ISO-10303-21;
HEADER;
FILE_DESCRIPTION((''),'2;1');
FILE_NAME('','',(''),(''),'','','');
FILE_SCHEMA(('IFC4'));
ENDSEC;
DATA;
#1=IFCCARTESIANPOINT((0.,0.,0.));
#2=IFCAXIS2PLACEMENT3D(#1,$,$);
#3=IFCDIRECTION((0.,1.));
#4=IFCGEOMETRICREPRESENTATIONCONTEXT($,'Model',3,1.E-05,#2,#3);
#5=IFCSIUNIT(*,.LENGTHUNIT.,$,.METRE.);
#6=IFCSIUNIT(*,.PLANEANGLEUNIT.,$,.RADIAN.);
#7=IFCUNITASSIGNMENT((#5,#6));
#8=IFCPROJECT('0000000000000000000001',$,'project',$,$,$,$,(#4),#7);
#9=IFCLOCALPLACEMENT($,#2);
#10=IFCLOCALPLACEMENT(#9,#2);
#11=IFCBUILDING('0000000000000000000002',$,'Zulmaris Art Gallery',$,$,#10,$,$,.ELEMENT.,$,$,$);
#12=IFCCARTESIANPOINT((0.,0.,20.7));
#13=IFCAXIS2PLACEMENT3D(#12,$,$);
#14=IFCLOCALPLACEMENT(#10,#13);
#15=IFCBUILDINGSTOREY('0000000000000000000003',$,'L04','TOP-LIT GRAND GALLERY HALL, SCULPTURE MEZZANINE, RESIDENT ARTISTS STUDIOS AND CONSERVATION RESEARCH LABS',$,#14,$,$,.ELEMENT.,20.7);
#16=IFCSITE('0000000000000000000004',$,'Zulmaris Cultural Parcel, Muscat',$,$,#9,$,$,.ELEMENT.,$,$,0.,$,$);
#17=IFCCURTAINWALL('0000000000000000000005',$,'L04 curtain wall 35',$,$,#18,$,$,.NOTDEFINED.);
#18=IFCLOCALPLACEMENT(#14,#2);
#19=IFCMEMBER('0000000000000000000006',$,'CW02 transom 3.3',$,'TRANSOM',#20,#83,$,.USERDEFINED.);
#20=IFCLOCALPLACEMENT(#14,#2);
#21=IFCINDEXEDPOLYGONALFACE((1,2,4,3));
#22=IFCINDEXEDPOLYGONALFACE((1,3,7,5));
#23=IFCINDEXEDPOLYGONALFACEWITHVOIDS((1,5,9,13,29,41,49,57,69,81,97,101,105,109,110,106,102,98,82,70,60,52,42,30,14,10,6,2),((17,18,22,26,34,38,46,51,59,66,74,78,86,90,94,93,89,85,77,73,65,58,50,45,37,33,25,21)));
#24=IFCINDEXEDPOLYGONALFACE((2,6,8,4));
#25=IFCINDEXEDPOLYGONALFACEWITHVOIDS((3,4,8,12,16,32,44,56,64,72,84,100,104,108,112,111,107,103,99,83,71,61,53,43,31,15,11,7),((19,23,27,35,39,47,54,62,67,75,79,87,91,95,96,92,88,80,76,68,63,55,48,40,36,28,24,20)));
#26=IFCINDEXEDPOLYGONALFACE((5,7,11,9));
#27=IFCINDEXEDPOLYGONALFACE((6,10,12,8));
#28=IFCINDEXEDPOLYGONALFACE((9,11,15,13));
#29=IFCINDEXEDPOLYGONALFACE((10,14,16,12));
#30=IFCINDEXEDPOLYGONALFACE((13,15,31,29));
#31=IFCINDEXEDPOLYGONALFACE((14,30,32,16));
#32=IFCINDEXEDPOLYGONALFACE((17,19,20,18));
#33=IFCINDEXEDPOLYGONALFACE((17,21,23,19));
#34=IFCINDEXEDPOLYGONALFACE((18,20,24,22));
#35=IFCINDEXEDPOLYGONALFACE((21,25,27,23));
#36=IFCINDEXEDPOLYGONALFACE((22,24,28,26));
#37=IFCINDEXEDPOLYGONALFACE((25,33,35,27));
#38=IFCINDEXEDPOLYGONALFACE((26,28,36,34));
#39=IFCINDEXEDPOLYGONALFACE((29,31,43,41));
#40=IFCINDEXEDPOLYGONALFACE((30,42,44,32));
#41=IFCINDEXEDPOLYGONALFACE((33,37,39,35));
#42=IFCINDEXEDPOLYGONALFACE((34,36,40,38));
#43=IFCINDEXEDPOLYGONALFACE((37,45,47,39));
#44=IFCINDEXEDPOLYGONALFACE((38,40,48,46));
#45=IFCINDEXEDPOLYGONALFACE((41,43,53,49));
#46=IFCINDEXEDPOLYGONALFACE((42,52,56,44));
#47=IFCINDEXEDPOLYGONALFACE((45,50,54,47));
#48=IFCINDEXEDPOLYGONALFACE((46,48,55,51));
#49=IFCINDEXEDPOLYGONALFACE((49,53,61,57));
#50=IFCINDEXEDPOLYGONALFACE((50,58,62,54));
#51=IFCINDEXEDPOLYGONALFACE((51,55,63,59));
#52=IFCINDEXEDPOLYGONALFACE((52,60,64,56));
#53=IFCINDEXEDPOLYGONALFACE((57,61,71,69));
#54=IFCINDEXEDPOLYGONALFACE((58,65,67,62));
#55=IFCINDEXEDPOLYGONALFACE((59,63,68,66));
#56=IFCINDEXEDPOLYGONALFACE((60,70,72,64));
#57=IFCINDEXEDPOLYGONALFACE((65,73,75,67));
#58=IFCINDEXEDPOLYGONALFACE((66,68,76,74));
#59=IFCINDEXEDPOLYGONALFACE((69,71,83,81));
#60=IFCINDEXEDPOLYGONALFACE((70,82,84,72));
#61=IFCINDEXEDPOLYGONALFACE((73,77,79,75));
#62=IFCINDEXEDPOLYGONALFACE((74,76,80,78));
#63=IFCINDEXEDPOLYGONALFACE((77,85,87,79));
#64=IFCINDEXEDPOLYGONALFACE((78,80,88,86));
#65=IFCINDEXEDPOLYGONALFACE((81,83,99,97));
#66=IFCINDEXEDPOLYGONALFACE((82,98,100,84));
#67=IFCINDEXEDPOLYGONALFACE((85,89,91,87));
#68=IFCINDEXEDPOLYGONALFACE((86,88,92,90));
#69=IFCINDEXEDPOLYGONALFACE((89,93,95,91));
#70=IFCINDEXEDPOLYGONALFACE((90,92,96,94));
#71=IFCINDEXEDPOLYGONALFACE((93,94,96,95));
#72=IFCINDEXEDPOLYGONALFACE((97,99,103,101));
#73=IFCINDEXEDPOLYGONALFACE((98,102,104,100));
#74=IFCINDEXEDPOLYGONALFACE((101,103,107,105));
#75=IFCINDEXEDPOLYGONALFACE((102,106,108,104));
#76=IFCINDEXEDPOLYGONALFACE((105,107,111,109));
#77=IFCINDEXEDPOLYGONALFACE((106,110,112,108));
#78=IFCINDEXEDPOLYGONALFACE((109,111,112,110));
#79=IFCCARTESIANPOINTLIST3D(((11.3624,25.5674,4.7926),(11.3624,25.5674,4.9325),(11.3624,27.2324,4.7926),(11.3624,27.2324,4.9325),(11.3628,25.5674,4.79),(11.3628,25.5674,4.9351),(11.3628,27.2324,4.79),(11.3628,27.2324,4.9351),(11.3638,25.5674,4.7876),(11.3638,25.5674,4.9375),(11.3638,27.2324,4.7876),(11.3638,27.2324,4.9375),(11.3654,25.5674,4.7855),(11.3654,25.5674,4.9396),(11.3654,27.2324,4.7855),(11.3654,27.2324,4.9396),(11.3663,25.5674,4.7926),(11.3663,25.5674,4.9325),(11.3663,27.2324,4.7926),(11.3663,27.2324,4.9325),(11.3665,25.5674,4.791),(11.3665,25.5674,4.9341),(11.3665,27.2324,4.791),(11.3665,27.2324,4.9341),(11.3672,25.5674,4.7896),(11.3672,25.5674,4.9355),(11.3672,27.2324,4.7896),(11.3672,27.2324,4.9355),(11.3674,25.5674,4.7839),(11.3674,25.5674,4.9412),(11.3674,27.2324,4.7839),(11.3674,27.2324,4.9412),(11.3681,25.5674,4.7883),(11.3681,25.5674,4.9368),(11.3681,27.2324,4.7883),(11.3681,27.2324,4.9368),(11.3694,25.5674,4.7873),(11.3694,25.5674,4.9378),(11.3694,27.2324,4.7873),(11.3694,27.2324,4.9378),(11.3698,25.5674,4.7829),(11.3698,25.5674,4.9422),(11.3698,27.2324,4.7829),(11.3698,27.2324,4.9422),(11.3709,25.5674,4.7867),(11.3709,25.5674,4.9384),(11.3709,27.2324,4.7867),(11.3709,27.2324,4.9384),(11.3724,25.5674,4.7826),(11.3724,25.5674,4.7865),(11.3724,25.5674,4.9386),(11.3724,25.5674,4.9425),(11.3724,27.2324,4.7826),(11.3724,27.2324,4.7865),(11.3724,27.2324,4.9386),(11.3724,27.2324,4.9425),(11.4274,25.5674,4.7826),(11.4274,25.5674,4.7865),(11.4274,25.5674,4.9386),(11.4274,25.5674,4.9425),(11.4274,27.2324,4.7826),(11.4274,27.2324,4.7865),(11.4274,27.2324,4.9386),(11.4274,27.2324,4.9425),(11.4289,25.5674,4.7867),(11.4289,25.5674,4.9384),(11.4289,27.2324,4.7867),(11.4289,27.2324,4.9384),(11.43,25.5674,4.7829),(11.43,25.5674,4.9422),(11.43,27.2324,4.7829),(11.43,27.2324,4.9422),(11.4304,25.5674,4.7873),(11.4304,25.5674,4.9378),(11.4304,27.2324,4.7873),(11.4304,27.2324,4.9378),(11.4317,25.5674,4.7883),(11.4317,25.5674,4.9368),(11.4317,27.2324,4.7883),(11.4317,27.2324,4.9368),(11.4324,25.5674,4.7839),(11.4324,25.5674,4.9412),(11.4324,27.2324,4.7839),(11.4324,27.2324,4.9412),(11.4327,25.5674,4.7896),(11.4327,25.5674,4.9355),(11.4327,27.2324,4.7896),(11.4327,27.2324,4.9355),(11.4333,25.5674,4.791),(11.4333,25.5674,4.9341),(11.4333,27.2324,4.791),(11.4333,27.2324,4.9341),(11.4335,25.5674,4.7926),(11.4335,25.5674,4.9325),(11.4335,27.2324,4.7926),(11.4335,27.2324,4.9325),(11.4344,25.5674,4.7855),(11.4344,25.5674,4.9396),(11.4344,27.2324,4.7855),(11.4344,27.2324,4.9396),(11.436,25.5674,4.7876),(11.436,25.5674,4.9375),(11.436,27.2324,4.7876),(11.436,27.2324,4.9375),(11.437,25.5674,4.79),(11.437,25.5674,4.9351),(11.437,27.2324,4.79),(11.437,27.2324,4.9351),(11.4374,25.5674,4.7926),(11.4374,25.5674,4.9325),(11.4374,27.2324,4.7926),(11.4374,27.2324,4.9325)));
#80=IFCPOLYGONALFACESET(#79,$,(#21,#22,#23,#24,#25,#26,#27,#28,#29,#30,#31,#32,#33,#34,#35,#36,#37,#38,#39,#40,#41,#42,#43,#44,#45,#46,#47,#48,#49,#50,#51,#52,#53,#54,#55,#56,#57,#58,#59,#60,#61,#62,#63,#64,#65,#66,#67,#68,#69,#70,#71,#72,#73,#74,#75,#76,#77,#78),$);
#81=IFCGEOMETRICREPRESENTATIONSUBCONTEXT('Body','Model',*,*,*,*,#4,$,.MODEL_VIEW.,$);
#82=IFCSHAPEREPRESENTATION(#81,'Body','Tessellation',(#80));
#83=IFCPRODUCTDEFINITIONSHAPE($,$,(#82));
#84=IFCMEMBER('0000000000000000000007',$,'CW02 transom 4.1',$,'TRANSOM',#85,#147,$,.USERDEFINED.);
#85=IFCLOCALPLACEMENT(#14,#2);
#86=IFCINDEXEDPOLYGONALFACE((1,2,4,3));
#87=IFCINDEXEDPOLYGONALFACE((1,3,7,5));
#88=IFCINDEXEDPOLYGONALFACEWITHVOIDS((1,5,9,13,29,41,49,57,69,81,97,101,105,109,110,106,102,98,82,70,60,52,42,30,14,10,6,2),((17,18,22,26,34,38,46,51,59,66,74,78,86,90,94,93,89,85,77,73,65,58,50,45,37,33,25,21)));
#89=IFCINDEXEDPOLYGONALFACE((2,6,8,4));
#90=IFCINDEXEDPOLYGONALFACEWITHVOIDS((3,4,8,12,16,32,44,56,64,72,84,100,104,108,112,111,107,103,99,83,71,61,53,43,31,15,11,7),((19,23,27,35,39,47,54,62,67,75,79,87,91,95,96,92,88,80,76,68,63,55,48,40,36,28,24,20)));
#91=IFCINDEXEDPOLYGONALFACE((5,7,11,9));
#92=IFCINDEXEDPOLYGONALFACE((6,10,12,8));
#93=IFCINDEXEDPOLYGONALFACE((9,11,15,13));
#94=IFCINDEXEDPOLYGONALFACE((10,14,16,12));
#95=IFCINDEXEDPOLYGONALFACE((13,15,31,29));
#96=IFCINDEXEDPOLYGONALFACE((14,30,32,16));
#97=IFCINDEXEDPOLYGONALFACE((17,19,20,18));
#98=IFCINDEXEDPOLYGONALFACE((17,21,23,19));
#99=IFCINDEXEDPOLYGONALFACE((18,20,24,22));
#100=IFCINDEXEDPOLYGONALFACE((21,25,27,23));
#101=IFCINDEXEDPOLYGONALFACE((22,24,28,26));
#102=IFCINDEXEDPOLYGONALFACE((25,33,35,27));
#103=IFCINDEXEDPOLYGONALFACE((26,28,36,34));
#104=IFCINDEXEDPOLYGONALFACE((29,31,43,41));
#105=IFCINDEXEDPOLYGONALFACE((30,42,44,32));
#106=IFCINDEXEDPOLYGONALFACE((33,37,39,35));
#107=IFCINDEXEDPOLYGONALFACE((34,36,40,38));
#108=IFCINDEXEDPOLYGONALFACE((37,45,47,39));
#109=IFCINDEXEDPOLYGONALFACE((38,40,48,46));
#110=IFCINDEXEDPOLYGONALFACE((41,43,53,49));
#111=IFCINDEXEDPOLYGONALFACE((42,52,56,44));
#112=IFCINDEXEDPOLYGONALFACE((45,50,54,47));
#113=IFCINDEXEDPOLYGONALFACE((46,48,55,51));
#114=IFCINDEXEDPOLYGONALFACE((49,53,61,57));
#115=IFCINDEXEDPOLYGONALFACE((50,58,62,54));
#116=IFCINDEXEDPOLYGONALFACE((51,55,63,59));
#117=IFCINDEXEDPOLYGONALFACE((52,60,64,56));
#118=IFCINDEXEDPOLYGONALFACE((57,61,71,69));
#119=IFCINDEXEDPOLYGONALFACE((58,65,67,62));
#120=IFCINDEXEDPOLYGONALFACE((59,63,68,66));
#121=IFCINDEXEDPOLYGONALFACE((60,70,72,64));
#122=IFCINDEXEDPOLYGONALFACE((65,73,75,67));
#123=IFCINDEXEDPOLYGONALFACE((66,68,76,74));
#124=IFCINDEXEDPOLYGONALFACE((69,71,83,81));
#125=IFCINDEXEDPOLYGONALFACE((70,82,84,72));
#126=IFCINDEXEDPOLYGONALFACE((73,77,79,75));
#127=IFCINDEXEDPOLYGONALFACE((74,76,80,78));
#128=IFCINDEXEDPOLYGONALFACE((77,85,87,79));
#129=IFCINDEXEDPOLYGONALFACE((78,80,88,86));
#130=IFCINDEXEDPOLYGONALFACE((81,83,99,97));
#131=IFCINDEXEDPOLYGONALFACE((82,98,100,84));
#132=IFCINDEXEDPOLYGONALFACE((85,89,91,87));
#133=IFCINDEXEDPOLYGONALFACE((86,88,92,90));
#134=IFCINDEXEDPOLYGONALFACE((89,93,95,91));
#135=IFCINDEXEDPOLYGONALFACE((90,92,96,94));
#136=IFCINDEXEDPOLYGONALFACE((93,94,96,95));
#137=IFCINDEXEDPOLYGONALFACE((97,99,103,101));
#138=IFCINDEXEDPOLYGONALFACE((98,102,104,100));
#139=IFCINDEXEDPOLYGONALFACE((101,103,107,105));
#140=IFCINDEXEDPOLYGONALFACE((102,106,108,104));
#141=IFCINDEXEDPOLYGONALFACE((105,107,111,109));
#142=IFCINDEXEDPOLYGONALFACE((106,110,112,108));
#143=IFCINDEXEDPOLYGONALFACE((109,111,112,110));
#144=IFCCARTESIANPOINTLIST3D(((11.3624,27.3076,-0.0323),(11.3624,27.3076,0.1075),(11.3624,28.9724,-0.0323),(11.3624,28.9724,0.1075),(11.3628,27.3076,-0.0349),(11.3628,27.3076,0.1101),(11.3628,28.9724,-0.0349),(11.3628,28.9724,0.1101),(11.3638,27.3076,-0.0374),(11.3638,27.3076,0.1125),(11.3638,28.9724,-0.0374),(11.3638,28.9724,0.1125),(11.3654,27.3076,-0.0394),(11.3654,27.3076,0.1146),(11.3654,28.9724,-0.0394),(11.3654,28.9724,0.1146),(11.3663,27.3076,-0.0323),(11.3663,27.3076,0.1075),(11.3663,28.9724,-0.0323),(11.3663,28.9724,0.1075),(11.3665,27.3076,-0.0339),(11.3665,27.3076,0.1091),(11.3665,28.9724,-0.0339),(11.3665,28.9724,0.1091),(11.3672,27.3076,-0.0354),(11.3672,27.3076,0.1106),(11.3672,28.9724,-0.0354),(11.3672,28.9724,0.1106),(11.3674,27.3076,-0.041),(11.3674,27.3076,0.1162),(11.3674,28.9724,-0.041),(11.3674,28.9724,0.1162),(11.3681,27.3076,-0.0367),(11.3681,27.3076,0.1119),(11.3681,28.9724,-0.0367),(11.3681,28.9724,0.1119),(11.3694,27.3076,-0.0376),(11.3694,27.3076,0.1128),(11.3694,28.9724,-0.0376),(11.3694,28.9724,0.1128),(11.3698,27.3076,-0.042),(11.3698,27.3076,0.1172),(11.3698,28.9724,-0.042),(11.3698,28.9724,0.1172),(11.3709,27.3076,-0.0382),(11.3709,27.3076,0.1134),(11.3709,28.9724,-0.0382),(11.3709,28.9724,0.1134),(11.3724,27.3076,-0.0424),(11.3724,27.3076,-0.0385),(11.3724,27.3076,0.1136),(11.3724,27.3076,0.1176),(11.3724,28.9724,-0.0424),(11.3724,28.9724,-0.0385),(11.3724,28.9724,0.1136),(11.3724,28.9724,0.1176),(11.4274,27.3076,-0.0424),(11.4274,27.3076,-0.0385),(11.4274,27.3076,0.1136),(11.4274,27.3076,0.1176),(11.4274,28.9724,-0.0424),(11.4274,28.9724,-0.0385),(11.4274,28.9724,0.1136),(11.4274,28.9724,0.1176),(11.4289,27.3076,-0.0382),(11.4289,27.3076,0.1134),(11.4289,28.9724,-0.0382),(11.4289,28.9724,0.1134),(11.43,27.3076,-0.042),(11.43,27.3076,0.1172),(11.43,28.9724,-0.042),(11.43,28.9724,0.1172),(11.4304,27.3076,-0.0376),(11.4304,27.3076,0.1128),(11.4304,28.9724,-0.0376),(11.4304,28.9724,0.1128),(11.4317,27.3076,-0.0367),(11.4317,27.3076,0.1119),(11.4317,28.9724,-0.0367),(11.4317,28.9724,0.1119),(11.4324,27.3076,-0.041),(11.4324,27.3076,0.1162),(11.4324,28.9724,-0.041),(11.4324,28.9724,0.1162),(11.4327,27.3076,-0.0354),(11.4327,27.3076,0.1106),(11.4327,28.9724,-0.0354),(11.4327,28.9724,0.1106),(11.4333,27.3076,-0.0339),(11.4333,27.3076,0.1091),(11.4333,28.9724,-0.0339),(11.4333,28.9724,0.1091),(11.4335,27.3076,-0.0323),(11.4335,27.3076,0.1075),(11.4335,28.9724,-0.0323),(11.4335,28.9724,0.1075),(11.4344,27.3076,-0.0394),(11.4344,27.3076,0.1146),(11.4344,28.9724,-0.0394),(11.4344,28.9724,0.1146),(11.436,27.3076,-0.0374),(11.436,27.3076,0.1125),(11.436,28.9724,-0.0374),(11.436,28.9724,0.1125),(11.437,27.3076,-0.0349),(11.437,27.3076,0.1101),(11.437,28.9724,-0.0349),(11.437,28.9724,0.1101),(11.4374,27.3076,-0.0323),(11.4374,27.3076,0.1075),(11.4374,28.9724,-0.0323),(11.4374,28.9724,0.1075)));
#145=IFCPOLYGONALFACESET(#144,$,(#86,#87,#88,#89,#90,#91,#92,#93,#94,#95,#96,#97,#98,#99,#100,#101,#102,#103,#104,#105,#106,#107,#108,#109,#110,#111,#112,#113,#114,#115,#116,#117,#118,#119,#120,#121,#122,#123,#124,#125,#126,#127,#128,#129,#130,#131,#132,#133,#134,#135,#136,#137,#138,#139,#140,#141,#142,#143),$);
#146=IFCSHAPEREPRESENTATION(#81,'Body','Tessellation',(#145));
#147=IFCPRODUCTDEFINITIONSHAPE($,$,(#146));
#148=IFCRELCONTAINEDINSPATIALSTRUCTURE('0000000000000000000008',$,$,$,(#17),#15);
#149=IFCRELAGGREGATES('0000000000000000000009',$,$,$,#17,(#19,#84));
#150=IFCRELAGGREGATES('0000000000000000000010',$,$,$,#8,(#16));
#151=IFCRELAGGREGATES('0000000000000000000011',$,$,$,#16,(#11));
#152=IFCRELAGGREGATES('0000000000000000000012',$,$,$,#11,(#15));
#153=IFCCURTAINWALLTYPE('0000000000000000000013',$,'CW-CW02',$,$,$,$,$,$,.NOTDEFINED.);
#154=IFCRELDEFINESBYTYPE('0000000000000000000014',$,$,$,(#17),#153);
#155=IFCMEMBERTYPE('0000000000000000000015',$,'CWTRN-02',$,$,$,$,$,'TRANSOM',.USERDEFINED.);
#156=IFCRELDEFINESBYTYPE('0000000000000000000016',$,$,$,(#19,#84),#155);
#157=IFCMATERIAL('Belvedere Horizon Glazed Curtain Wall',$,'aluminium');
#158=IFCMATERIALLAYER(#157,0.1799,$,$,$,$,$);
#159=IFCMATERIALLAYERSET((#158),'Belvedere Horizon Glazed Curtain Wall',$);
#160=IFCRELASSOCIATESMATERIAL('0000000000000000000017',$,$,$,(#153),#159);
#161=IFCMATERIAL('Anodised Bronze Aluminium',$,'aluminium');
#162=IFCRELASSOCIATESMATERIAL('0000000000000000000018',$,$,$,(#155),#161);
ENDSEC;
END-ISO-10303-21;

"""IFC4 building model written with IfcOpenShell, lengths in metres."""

from ifc_helpers import new_model, si_unit, direction, frame, origin, origin_2d, place, context, subcontext, project, spatial, hollow_rectangle, extrude, material, layer, layer_set, material_profile, profile_set, type_object, element, aggregate, save


model = new_model("IFC4")

# Units and contexts
model_context = context("Model", 3, precision=1e-05, world=origin(), true_north=direction((0.0, 1.0)))
body_context = subcontext(model_context, "Body", "Model", "MODEL_VIEW")
ifc_project = project(units=[si_unit("LENGTHUNIT", "METRE"), si_unit("PLANEANGLEUNIT", "RADIAN")], contexts=[model_context])

# Site, building, storey
site_placement = place(None, origin())
site = spatial("IfcSite", under=ifc_project, at=site_placement, Name="Zulmaris Cultural Parcel, Muscat", CompositionType="ELEMENT", RefElevation=0.0)
building_placement = place(site_placement, origin())
building = spatial("IfcBuilding", under=site, at=building_placement, Name="Zulmaris Art Gallery", CompositionType="ELEMENT")
storey_placement = place(building_placement, frame((0.0, 0.0, 20.7)))
storey = spatial("IfcBuildingStorey", under=building, at=storey_placement, Name="L04", Description="TOP-LIT GRAND GALLERY HALL, SCULPTURE MEZZANINE, RESIDENT ARTISTS STUDIOS AND CONSERVATION RESEARCH LABS", CompositionType="ELEMENT", Elevation=20.7)

# Curtain wall
ifc_material_1 = material(Name="Belvedere Horizon Glazed Curtain Wall", Category="aluminium")
ifc_layer_1 = layer(ifc_material_1, 0.1799)
ifc_layer_set_1 = layer_set([ifc_layer_1], Name="Belvedere Horizon Glazed Curtain Wall")
curtain_wall_type = type_object("IfcCurtainWallType", Name="CW-CW02", PredefinedType="NOTDEFINED", material=ifc_layer_set_1)
curtain_wall_1_placement = place(storey_placement, origin())
curtain_wall_1 = element("IfcCurtainWall", 1, at=curtain_wall_1_placement, inside=storey, type_object=curtain_wall_type, Name="L04 curtain wall 35", PredefinedType="NOTDEFINED")
ifc_material_2 = material(Name="Anodised Bronze Aluminium", Category="aluminium")

# Members
ifc_material_profile_1 = material_profile(ifc_material_2, hollow_rectangle(XDim=0.075, YDim=0.1599, WallThickness=0.0039, InnerFilletRadius=0.0061, OuterFilletRadius=0.01, at=origin_2d()), Name="ALU 75x160x4")
ifc_profile_set_1 = profile_set([ifc_material_profile_1], Name="Anodised Bronze Aluminium")
member_type_1 = type_object("IfcMemberType", Name="CWTRN-02", ElementType="TRANSOM", PredefinedType="USERDEFINED", material=ifc_profile_set_1)
member_1_placement = place(storey_placement, frame((11.3999, 25.5674, 4.8625), z_axis=(0.0, 1.0, 0.0), x_axis=(-1.0, 0.0, 0.0)))
member_1 = element("IfcMember", 2, at=member_1_placement, type_object=member_type_1, Name="CW02 transom 3.3", ObjectType="TRANSOM", PredefinedType="USERDEFINED", context=body_context, shape_type="SweptSolid", body=[
    extrude(hollow_rectangle(XDim=0.075, YDim=0.1599, WallThickness=0.0039, InnerFilletRadius=0.0061, OuterFilletRadius=0.01, at=origin_2d()), origin(), (0.0, 0.0, 1.0), 1.665),
])
member_2_placement = place(storey_placement, frame((11.3999, 27.3076, 0.0376), z_axis=(0.0, 1.0, 0.0), x_axis=(-1.0, 0.0, 0.0)))
member_2 = element("IfcMember", 3, at=member_2_placement, type_object=member_type_1, Name="CW02 transom 4.1", ObjectType="TRANSOM", PredefinedType="USERDEFINED", context=body_context, shape_type="SweptSolid", body=[
    extrude(hollow_rectangle(XDim=0.075, YDim=0.1599, WallThickness=0.0039, InnerFilletRadius=0.0061, OuterFilletRadius=0.01, at=origin_2d()), origin(), (0.0, 0.0, 1.0), 1.6648),
])

aggregate(curtain_wall_1, [member_1, member_2])

save(model, "model.ifc")
